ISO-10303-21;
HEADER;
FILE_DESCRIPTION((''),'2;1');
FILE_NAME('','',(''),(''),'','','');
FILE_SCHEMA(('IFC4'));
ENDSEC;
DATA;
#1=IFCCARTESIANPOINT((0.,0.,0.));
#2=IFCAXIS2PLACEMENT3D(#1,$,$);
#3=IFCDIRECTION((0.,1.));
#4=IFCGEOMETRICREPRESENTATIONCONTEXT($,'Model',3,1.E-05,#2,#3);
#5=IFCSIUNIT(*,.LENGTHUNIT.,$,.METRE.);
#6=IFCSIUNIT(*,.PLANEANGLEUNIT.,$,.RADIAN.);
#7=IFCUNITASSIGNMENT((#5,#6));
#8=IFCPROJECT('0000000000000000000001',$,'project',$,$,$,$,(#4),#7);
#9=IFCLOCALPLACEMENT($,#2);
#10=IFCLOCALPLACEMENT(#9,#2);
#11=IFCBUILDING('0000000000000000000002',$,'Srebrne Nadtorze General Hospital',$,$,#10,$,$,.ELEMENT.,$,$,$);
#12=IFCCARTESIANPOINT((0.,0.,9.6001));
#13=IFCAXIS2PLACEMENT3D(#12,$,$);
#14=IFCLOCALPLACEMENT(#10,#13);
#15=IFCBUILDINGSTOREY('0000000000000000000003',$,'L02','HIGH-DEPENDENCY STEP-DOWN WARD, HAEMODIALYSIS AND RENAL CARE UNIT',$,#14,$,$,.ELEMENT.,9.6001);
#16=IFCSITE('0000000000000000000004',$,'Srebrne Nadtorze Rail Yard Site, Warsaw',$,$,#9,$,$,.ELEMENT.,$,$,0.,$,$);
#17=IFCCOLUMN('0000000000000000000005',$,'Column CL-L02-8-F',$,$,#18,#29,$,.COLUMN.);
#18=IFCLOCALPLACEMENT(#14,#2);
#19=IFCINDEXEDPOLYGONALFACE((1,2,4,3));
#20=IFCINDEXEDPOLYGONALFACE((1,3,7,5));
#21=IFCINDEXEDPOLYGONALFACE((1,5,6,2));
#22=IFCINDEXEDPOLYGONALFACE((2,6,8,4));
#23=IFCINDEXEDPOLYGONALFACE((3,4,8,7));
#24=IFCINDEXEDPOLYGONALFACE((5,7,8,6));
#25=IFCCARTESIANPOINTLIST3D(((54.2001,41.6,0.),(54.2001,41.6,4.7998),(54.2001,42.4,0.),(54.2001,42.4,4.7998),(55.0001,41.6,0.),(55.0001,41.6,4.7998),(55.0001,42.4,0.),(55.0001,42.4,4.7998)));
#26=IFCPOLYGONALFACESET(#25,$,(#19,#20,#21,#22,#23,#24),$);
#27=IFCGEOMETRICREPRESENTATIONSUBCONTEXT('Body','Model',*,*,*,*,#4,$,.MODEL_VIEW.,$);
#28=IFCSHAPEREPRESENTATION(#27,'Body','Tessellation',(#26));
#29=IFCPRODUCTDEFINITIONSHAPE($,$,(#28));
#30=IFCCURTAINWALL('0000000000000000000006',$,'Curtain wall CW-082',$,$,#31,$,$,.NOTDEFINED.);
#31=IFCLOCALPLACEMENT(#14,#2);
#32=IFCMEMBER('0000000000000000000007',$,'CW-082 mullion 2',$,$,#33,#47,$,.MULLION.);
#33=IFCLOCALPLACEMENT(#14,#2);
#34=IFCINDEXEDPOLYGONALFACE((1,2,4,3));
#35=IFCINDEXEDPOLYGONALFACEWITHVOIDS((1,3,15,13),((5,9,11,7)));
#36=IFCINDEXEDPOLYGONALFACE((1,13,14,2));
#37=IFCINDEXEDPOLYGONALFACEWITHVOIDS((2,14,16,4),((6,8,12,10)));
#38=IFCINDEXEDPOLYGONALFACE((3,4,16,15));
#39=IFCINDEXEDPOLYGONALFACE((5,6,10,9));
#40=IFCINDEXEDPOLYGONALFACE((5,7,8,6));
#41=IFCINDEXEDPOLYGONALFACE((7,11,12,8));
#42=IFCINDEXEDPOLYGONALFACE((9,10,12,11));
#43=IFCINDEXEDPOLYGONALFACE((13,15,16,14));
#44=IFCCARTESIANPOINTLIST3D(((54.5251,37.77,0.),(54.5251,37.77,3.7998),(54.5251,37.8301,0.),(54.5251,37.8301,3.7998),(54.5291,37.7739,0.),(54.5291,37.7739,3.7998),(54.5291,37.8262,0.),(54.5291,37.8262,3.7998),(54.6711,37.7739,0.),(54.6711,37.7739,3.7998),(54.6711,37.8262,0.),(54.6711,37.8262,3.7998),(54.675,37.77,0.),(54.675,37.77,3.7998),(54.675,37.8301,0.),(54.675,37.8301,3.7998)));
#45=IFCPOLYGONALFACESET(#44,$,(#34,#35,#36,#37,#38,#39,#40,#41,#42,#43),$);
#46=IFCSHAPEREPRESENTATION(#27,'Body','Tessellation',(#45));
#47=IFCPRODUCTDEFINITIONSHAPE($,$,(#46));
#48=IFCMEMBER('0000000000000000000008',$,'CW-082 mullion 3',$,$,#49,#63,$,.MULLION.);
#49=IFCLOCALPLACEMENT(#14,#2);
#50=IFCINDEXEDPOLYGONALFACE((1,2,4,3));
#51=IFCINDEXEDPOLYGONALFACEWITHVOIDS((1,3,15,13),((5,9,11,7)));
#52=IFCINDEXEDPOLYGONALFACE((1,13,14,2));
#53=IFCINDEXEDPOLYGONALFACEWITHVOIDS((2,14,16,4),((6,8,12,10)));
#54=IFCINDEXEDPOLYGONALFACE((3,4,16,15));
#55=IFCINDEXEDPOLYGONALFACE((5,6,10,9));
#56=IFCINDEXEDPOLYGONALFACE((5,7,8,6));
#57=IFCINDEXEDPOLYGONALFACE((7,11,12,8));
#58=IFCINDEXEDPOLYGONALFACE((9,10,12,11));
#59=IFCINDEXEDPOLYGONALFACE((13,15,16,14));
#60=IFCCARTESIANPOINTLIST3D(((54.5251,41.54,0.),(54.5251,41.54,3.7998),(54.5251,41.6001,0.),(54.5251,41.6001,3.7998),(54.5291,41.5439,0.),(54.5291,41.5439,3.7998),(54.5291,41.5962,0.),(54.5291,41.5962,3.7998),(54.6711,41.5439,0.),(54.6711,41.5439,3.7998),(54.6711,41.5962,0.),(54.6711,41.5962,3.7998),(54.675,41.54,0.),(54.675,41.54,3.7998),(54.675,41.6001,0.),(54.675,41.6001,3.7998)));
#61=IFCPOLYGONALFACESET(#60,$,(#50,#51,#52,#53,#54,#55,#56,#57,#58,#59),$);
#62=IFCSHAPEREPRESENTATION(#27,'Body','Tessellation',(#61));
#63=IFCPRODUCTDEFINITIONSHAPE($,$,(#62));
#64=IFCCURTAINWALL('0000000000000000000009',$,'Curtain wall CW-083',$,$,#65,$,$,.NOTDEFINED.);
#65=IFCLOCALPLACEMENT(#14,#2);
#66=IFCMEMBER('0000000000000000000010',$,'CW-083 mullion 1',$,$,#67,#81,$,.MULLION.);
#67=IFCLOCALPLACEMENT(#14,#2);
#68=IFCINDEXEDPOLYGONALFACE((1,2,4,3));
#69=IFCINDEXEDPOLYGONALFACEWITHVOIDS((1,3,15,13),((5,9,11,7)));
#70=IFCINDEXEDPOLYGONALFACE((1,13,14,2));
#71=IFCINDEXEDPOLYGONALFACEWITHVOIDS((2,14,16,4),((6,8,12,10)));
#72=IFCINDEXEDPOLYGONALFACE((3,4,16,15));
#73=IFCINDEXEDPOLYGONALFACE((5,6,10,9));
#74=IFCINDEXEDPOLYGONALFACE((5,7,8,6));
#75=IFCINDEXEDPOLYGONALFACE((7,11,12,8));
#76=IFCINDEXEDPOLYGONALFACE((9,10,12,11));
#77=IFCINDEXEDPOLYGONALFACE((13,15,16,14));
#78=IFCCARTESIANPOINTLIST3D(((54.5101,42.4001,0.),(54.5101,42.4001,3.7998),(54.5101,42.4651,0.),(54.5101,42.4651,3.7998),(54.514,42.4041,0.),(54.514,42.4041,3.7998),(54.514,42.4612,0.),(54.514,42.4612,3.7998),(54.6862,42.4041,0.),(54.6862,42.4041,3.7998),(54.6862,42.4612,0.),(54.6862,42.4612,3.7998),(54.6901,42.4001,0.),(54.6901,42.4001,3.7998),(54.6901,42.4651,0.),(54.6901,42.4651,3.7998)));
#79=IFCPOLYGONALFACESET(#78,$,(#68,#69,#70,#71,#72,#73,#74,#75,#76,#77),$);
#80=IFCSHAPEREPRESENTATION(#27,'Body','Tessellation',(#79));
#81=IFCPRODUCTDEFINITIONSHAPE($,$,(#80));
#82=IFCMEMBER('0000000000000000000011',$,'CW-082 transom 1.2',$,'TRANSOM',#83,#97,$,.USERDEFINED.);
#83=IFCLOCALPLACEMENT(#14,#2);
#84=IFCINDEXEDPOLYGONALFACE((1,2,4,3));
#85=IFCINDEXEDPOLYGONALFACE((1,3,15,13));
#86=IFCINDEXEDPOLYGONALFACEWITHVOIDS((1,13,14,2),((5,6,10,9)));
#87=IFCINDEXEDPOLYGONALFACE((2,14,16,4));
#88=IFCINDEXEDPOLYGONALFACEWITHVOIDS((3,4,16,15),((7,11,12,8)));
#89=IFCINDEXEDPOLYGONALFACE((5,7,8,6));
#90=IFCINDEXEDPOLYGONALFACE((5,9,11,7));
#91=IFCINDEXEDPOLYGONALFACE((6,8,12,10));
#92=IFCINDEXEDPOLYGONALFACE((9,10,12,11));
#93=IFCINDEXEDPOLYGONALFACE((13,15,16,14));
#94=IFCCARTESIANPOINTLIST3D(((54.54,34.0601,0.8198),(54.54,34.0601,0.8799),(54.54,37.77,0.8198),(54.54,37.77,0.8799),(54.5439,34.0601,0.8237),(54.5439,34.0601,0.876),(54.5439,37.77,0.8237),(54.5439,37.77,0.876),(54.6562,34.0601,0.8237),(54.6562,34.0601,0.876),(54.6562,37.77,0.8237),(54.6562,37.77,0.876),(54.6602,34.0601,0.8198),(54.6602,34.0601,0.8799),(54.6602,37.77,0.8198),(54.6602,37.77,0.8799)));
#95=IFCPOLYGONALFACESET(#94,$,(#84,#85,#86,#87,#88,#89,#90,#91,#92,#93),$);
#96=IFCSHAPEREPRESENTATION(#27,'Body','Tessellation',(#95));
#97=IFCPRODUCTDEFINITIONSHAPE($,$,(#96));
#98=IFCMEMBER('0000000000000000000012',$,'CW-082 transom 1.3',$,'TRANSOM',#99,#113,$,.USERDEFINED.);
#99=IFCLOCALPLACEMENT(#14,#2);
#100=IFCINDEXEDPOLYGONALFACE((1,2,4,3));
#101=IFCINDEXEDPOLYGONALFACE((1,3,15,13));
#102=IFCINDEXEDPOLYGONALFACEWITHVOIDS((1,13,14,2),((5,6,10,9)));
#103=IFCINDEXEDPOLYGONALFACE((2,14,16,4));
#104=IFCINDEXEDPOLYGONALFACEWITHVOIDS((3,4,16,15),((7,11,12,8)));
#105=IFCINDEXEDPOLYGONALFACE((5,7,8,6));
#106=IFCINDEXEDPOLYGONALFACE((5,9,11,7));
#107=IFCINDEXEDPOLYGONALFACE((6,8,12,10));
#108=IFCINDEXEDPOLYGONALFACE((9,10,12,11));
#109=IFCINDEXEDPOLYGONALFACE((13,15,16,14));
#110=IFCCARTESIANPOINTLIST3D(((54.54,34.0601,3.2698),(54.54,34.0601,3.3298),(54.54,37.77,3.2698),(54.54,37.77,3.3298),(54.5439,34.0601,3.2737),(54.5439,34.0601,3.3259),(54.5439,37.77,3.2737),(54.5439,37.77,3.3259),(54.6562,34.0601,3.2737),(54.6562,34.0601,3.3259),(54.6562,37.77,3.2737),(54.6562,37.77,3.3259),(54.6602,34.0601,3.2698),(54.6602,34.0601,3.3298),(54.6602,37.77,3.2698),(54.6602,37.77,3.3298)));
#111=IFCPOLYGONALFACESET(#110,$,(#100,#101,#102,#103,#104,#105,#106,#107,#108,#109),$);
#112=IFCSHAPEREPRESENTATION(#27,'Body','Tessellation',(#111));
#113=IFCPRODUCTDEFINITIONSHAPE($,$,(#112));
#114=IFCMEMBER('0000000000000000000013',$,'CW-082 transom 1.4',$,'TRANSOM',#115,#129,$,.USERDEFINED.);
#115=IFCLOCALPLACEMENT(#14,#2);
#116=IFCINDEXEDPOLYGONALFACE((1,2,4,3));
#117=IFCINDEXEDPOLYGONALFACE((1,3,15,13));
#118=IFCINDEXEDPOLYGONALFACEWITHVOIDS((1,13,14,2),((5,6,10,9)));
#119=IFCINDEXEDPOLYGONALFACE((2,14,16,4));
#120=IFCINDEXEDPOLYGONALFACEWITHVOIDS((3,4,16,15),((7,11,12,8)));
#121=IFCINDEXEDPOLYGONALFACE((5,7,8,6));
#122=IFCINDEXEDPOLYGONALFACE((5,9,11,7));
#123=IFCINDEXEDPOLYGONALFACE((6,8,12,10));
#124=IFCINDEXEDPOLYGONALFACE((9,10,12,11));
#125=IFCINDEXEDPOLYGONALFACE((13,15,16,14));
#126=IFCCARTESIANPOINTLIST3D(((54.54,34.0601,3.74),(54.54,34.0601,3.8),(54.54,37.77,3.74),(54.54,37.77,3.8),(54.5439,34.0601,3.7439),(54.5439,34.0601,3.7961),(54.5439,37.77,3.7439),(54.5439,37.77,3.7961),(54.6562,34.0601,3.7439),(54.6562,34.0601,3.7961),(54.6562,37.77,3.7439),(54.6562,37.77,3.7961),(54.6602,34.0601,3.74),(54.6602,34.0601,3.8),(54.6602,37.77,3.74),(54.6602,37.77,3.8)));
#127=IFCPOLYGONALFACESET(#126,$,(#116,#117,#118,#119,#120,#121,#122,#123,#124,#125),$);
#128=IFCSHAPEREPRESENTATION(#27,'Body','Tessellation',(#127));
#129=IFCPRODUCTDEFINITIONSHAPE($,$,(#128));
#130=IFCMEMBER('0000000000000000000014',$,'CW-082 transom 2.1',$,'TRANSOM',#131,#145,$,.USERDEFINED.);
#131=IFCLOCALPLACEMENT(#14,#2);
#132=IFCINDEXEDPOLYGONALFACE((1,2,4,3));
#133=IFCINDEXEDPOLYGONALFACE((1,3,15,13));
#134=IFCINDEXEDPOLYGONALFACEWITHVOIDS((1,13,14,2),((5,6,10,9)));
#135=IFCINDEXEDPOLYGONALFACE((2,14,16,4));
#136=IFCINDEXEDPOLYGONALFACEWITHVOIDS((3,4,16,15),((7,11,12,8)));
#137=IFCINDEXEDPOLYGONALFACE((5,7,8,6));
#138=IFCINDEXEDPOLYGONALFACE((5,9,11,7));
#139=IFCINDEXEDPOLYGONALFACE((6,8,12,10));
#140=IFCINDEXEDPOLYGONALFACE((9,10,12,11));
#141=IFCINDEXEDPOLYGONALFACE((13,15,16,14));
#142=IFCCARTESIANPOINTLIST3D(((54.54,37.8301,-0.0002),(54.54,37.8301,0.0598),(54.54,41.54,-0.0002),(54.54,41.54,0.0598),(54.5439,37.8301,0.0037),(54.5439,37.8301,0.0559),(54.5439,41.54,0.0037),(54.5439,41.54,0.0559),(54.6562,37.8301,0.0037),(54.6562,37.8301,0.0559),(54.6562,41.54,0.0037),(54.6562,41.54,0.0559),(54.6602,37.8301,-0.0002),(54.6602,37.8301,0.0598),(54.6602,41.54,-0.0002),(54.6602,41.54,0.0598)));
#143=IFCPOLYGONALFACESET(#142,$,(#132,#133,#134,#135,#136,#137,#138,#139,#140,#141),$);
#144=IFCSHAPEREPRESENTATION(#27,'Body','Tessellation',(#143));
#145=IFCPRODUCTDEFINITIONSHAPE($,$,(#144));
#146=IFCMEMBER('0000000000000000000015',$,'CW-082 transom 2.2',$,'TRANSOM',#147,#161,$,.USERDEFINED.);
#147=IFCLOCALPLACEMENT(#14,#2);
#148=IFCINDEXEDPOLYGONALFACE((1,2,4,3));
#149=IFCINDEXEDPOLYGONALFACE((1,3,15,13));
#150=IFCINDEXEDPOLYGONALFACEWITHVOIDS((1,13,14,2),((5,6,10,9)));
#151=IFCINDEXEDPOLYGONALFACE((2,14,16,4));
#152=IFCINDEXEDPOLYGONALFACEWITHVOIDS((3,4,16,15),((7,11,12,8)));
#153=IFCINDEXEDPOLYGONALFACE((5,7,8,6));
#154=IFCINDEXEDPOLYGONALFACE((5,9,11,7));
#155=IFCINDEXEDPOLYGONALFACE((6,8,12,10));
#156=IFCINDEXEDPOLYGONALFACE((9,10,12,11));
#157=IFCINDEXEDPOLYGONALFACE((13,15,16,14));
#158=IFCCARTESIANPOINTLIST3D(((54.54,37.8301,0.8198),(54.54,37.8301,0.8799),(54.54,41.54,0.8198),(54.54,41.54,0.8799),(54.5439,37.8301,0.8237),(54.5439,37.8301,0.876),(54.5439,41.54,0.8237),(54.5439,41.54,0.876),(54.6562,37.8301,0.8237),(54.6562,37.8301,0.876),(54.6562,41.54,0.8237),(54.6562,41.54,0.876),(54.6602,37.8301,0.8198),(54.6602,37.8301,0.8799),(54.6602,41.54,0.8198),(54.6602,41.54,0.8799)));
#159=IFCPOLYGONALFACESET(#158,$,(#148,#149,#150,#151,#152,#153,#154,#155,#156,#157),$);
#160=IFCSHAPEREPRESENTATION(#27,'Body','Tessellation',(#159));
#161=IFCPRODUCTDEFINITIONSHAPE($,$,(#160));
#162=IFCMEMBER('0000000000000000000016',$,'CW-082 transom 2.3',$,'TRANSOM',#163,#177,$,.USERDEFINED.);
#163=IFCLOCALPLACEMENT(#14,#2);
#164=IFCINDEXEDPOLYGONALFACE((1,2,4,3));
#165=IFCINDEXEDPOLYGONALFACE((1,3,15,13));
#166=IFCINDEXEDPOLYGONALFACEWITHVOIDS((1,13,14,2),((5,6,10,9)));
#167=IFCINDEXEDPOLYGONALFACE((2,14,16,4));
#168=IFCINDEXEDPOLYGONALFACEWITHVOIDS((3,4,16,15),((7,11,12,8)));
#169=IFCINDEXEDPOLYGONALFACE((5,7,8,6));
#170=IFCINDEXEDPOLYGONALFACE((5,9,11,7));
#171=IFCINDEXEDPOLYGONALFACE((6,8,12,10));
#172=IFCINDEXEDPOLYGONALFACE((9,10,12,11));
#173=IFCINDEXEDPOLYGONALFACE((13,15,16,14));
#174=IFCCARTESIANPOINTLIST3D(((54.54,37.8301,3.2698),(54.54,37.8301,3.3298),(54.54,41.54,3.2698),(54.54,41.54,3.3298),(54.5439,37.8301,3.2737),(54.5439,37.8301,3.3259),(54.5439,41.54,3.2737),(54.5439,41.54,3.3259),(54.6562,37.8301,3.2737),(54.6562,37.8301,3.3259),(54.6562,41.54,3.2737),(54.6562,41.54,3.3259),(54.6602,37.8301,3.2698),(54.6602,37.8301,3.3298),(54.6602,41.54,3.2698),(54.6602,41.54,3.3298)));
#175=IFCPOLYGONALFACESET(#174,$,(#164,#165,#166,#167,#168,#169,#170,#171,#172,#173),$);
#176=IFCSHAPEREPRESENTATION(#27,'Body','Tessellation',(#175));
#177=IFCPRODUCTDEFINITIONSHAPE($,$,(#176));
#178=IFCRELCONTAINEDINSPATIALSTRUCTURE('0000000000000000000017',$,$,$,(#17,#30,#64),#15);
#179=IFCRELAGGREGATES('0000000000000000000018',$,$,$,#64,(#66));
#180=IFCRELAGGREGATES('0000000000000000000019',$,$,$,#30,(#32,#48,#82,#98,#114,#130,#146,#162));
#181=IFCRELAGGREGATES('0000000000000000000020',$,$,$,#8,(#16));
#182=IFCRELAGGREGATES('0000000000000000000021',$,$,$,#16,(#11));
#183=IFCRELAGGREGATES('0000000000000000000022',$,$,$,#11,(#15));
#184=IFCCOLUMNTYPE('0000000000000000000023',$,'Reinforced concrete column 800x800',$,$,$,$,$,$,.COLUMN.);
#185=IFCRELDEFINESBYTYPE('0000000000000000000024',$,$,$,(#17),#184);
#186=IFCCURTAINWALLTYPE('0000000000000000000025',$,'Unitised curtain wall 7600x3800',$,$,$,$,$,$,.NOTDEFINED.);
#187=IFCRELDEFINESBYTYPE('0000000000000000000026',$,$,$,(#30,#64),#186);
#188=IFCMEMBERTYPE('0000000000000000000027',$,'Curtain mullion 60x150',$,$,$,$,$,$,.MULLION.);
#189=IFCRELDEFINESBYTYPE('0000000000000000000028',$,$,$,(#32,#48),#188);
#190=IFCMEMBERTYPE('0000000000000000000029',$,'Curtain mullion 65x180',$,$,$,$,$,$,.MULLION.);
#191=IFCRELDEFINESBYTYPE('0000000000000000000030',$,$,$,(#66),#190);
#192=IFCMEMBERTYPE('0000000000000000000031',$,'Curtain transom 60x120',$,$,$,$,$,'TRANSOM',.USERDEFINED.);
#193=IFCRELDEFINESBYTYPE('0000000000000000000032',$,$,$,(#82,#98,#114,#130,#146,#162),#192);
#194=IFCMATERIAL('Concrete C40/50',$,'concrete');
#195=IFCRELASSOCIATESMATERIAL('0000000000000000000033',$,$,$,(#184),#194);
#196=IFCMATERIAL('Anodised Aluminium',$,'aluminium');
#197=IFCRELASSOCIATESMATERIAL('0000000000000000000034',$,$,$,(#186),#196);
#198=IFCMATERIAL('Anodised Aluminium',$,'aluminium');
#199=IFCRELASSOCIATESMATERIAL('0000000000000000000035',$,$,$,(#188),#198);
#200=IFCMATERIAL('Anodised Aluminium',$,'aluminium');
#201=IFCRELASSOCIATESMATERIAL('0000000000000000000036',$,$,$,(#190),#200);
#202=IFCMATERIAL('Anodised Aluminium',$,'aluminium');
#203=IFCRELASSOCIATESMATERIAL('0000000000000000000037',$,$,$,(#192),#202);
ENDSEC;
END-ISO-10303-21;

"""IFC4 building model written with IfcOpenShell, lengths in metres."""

from ifc_helpers import new_model, si_unit, direction, frame, origin, origin_2d, place, context, subcontext, project, spatial, rectangle, hollow_rectangle, extrude, material, material_profile, profile_set, type_object, element, aggregate, save


model = new_model("IFC4")

# Units and contexts
model_context = context("Model", 3, precision=1e-05, world=origin(), true_north=direction((0.0, 1.0)))
body_context = subcontext(model_context, "Body", "Model", "MODEL_VIEW")
ifc_project = project(units=[si_unit("LENGTHUNIT", "METRE"), si_unit("PLANEANGLEUNIT", "RADIAN")], contexts=[model_context])

# Site, building, storey
site_placement = place(None, origin())
site = spatial("IfcSite", under=ifc_project, at=site_placement, Name="Srebrne Nadtorze Rail Yard Site, Warsaw", CompositionType="ELEMENT", RefElevation=0.0)
building_placement = place(site_placement, origin())
building = spatial("IfcBuilding", under=site, at=building_placement, Name="Srebrne Nadtorze General Hospital", CompositionType="ELEMENT")
storey_placement = place(building_placement, frame((0.0, 0.0, 9.6001)))
storey = spatial("IfcBuildingStorey", under=building, at=storey_placement, Name="L02", Description="HIGH-DEPENDENCY STEP-DOWN WARD, HAEMODIALYSIS AND RENAL CARE UNIT", CompositionType="ELEMENT", Elevation=9.6001)

# Column
ifc_material_1 = material(Name="Concrete C40/50", Category="concrete")
ifc_material_profile_1 = material_profile(ifc_material_1, rectangle(XDim=0.8, YDim=0.8, at=origin_2d()), Name="RC-COL-800x800")
ifc_profile_set_1 = profile_set([ifc_material_profile_1], Name="Concrete C40/50")
column_type = type_object("IfcColumnType", Name="Reinforced concrete column 800x800", PredefinedType="COLUMN", material=ifc_profile_set_1)
column_placement = place(storey_placement, frame((54.6001, 42.0, 0.0), z_axis=(0.0, 0.0, 1.0), x_axis=(1.0, 0.0, 0.0)))
element("IfcColumn", 1, at=column_placement, inside=storey, type_object=column_type, Name="Column CL-L02-8-F", PredefinedType="COLUMN", context=body_context, shape_type="SweptSolid", body=[
    extrude(rectangle(XDim=0.8, YDim=0.8, at=origin_2d()), origin(), (0.0, 0.0, 1.0), 4.7998),
])

# Curtain wall, members
ifc_material_2 = material(Name="Anodised Aluminium", Category="aluminium")
curtain_wall_type = type_object("IfcCurtainWallType", Name="Unitised curtain wall 7600x3800", PredefinedType="NOTDEFINED", material=ifc_material_2)
curtain_wall_1_placement = place(storey_placement, origin())
curtain_wall_1 = element("IfcCurtainWall", 2, at=curtain_wall_1_placement, inside=storey, type_object=curtain_wall_type, Name="Curtain wall CW-082", PredefinedType="NOTDEFINED")
ifc_material_3 = material(Name="Anodised Aluminium", Category="aluminium")
ifc_material_profile_2 = material_profile(ifc_material_3, hollow_rectangle(XDim=0.0601, YDim=0.1499, WallThickness=0.0039, at=origin_2d()), Name="AL-MUL-60x150")
ifc_profile_set_2 = profile_set([ifc_material_profile_2], Name="Anodised Aluminium")
member_type_1 = type_object("IfcMemberType", Name="Curtain mullion 60x150", PredefinedType="MULLION", material=ifc_profile_set_2)
member_1_placement = place(storey_placement, frame((54.6001, 37.8, 0.0), z_axis=(0.0, 0.0, 1.0), x_axis=(0.0, 1.0, 0.0)))
member_1 = element("IfcMember", 3, at=member_1_placement, type_object=member_type_1, Name="CW-082 mullion 2", PredefinedType="MULLION", context=body_context, shape_type="SweptSolid", body=[
    extrude(hollow_rectangle(XDim=0.0601, YDim=0.1499, WallThickness=0.0039, at=origin_2d()), origin(), (0.0, 0.0, 1.0), 3.7998),
])
member_2_placement = place(storey_placement, frame((54.6001, 41.5701, 0.0), z_axis=(0.0, 0.0, 1.0), x_axis=(0.0, 1.0, 0.0)))
member_2 = element("IfcMember", 4, at=member_2_placement, type_object=member_type_1, Name="CW-082 mullion 3", PredefinedType="MULLION", context=body_context, shape_type="SweptSolid", body=[
    extrude(hollow_rectangle(XDim=0.0601, YDim=0.1499, WallThickness=0.0039, at=origin_2d()), origin(), (0.0, 0.0, 1.0), 3.7998),
])

# Curtain wall, member
curtain_wall_2_placement = place(storey_placement, origin())
curtain_wall_2 = element("IfcCurtainWall", 5, at=curtain_wall_2_placement, inside=storey, type_object=curtain_wall_type, Name="Curtain wall CW-083", PredefinedType="NOTDEFINED")
ifc_material_4 = material(Name="Anodised Aluminium", Category="aluminium")
ifc_material_profile_3 = material_profile(ifc_material_4, hollow_rectangle(XDim=0.0649, YDim=0.1799, WallThickness=0.0039, at=origin_2d()), Name="AL-MUL-65x180")
ifc_profile_set_3 = profile_set([ifc_material_profile_3], Name="Anodised Aluminium")
member_type_2 = type_object("IfcMemberType", Name="Curtain mullion 65x180", PredefinedType="MULLION", material=ifc_profile_set_3)
member_3_placement = place(storey_placement, frame((54.6001, 42.4326, 0.0), z_axis=(0.0, 0.0, 1.0), x_axis=(0.0, 1.0, 0.0)))
member_3 = element("IfcMember", 6, at=member_3_placement, type_object=member_type_2, Name="CW-083 mullion 1", PredefinedType="MULLION", context=body_context, shape_type="SweptSolid", body=[
    extrude(hollow_rectangle(XDim=0.0649, YDim=0.1799, WallThickness=0.0039, at=origin_2d()), origin(), (0.0, 0.0, 1.0), 3.7998),
])
aggregate(curtain_wall_2, [member_3])

# Members
ifc_material_5 = material(Name="Anodised Aluminium", Category="aluminium")
ifc_material_profile_4 = material_profile(ifc_material_5, hollow_rectangle(XDim=0.0601, YDim=0.1201, WallThickness=0.0039, at=origin_2d()), Name="AL-TRN-60x120")
ifc_profile_set_4 = profile_set([ifc_material_profile_4], Name="Anodised Aluminium")
member_type_3 = type_object("IfcMemberType", Name="Curtain transom 60x120", ElementType="TRANSOM", PredefinedType="USERDEFINED", material=ifc_profile_set_4)
member_4_placement = place(storey_placement, frame((54.6001, 34.0601, 0.8499), z_axis=(0.0, 1.0, 0.0), x_axis=(0.0, 0.0, 1.0)))
member_4 = element("IfcMember", 7, at=member_4_placement, type_object=member_type_3, Name="CW-082 transom 1.2", ObjectType="TRANSOM", PredefinedType="USERDEFINED", context=body_context, shape_type="SweptSolid", body=[
    extrude(hollow_rectangle(XDim=0.0601, YDim=0.1201, WallThickness=0.0039, at=origin_2d()), origin(), (0.0, 0.0, 1.0), 3.71),
])
member_5_placement = place(storey_placement, frame((54.6001, 34.0601, 3.2998), z_axis=(0.0, 1.0, 0.0), x_axis=(0.0, 0.0, 1.0)))
member_5 = element("IfcMember", 8, at=member_5_placement, type_object=member_type_3, Name="CW-082 transom 1.3", ObjectType="TRANSOM", PredefinedType="USERDEFINED", context=body_context, shape_type="SweptSolid", body=[
    extrude(hollow_rectangle(XDim=0.0601, YDim=0.1201, WallThickness=0.0039, at=origin_2d()), origin(), (0.0, 0.0, 1.0), 3.71),
])
member_6_placement = place(storey_placement, frame((54.6001, 34.0601, 3.77), z_axis=(0.0, 1.0, 0.0), x_axis=(0.0, 0.0, 1.0)))
member_6 = element("IfcMember", 9, at=member_6_placement, type_object=member_type_3, Name="CW-082 transom 1.4", ObjectType="TRANSOM", PredefinedType="USERDEFINED", context=body_context, shape_type="SweptSolid", body=[
    extrude(hollow_rectangle(XDim=0.0601, YDim=0.1201, WallThickness=0.0039, at=origin_2d()), origin(), (0.0, 0.0, 1.0), 3.71),
])
member_7_placement = place(storey_placement, frame((54.6001, 37.8301, 0.0298), z_axis=(0.0, 1.0, 0.0), x_axis=(0.0, 0.0, 1.0)))
member_7 = element("IfcMember", 10, at=member_7_placement, type_object=member_type_3, Name="CW-082 transom 2.1", ObjectType="TRANSOM", PredefinedType="USERDEFINED", context=body_context, shape_type="SweptSolid", body=[
    extrude(hollow_rectangle(XDim=0.0601, YDim=0.1201, WallThickness=0.0039, at=origin_2d()), origin(), (0.0, 0.0, 1.0), 3.71),
])
member_8_placement = place(storey_placement, frame((54.6001, 37.8301, 0.8499), z_axis=(0.0, 1.0, 0.0), x_axis=(0.0, 0.0, 1.0)))
member_8 = element("IfcMember", 11, at=member_8_placement, type_object=member_type_3, Name="CW-082 transom 2.2", ObjectType="TRANSOM", PredefinedType="USERDEFINED", context=body_context, shape_type="SweptSolid", body=[
    extrude(hollow_rectangle(XDim=0.0601, YDim=0.1201, WallThickness=0.0039, at=origin_2d()), origin(), (0.0, 0.0, 1.0), 3.71),
])
member_9_placement = place(storey_placement, frame((54.6001, 37.8301, 3.2998), z_axis=(0.0, 1.0, 0.0), x_axis=(0.0, 0.0, 1.0)))
member_9 = element("IfcMember", 12, at=member_9_placement, type_object=member_type_3, Name="CW-082 transom 2.3", ObjectType="TRANSOM", PredefinedType="USERDEFINED", context=body_context, shape_type="SweptSolid", body=[
    extrude(hollow_rectangle(XDim=0.0601, YDim=0.1201, WallThickness=0.0039, at=origin_2d()), origin(), (0.0, 0.0, 1.0), 3.71),
])

aggregate(curtain_wall_1, [member_1, member_2, member_4, member_5, member_6, member_7, member_8, member_9])

save(model, "model.ifc")
